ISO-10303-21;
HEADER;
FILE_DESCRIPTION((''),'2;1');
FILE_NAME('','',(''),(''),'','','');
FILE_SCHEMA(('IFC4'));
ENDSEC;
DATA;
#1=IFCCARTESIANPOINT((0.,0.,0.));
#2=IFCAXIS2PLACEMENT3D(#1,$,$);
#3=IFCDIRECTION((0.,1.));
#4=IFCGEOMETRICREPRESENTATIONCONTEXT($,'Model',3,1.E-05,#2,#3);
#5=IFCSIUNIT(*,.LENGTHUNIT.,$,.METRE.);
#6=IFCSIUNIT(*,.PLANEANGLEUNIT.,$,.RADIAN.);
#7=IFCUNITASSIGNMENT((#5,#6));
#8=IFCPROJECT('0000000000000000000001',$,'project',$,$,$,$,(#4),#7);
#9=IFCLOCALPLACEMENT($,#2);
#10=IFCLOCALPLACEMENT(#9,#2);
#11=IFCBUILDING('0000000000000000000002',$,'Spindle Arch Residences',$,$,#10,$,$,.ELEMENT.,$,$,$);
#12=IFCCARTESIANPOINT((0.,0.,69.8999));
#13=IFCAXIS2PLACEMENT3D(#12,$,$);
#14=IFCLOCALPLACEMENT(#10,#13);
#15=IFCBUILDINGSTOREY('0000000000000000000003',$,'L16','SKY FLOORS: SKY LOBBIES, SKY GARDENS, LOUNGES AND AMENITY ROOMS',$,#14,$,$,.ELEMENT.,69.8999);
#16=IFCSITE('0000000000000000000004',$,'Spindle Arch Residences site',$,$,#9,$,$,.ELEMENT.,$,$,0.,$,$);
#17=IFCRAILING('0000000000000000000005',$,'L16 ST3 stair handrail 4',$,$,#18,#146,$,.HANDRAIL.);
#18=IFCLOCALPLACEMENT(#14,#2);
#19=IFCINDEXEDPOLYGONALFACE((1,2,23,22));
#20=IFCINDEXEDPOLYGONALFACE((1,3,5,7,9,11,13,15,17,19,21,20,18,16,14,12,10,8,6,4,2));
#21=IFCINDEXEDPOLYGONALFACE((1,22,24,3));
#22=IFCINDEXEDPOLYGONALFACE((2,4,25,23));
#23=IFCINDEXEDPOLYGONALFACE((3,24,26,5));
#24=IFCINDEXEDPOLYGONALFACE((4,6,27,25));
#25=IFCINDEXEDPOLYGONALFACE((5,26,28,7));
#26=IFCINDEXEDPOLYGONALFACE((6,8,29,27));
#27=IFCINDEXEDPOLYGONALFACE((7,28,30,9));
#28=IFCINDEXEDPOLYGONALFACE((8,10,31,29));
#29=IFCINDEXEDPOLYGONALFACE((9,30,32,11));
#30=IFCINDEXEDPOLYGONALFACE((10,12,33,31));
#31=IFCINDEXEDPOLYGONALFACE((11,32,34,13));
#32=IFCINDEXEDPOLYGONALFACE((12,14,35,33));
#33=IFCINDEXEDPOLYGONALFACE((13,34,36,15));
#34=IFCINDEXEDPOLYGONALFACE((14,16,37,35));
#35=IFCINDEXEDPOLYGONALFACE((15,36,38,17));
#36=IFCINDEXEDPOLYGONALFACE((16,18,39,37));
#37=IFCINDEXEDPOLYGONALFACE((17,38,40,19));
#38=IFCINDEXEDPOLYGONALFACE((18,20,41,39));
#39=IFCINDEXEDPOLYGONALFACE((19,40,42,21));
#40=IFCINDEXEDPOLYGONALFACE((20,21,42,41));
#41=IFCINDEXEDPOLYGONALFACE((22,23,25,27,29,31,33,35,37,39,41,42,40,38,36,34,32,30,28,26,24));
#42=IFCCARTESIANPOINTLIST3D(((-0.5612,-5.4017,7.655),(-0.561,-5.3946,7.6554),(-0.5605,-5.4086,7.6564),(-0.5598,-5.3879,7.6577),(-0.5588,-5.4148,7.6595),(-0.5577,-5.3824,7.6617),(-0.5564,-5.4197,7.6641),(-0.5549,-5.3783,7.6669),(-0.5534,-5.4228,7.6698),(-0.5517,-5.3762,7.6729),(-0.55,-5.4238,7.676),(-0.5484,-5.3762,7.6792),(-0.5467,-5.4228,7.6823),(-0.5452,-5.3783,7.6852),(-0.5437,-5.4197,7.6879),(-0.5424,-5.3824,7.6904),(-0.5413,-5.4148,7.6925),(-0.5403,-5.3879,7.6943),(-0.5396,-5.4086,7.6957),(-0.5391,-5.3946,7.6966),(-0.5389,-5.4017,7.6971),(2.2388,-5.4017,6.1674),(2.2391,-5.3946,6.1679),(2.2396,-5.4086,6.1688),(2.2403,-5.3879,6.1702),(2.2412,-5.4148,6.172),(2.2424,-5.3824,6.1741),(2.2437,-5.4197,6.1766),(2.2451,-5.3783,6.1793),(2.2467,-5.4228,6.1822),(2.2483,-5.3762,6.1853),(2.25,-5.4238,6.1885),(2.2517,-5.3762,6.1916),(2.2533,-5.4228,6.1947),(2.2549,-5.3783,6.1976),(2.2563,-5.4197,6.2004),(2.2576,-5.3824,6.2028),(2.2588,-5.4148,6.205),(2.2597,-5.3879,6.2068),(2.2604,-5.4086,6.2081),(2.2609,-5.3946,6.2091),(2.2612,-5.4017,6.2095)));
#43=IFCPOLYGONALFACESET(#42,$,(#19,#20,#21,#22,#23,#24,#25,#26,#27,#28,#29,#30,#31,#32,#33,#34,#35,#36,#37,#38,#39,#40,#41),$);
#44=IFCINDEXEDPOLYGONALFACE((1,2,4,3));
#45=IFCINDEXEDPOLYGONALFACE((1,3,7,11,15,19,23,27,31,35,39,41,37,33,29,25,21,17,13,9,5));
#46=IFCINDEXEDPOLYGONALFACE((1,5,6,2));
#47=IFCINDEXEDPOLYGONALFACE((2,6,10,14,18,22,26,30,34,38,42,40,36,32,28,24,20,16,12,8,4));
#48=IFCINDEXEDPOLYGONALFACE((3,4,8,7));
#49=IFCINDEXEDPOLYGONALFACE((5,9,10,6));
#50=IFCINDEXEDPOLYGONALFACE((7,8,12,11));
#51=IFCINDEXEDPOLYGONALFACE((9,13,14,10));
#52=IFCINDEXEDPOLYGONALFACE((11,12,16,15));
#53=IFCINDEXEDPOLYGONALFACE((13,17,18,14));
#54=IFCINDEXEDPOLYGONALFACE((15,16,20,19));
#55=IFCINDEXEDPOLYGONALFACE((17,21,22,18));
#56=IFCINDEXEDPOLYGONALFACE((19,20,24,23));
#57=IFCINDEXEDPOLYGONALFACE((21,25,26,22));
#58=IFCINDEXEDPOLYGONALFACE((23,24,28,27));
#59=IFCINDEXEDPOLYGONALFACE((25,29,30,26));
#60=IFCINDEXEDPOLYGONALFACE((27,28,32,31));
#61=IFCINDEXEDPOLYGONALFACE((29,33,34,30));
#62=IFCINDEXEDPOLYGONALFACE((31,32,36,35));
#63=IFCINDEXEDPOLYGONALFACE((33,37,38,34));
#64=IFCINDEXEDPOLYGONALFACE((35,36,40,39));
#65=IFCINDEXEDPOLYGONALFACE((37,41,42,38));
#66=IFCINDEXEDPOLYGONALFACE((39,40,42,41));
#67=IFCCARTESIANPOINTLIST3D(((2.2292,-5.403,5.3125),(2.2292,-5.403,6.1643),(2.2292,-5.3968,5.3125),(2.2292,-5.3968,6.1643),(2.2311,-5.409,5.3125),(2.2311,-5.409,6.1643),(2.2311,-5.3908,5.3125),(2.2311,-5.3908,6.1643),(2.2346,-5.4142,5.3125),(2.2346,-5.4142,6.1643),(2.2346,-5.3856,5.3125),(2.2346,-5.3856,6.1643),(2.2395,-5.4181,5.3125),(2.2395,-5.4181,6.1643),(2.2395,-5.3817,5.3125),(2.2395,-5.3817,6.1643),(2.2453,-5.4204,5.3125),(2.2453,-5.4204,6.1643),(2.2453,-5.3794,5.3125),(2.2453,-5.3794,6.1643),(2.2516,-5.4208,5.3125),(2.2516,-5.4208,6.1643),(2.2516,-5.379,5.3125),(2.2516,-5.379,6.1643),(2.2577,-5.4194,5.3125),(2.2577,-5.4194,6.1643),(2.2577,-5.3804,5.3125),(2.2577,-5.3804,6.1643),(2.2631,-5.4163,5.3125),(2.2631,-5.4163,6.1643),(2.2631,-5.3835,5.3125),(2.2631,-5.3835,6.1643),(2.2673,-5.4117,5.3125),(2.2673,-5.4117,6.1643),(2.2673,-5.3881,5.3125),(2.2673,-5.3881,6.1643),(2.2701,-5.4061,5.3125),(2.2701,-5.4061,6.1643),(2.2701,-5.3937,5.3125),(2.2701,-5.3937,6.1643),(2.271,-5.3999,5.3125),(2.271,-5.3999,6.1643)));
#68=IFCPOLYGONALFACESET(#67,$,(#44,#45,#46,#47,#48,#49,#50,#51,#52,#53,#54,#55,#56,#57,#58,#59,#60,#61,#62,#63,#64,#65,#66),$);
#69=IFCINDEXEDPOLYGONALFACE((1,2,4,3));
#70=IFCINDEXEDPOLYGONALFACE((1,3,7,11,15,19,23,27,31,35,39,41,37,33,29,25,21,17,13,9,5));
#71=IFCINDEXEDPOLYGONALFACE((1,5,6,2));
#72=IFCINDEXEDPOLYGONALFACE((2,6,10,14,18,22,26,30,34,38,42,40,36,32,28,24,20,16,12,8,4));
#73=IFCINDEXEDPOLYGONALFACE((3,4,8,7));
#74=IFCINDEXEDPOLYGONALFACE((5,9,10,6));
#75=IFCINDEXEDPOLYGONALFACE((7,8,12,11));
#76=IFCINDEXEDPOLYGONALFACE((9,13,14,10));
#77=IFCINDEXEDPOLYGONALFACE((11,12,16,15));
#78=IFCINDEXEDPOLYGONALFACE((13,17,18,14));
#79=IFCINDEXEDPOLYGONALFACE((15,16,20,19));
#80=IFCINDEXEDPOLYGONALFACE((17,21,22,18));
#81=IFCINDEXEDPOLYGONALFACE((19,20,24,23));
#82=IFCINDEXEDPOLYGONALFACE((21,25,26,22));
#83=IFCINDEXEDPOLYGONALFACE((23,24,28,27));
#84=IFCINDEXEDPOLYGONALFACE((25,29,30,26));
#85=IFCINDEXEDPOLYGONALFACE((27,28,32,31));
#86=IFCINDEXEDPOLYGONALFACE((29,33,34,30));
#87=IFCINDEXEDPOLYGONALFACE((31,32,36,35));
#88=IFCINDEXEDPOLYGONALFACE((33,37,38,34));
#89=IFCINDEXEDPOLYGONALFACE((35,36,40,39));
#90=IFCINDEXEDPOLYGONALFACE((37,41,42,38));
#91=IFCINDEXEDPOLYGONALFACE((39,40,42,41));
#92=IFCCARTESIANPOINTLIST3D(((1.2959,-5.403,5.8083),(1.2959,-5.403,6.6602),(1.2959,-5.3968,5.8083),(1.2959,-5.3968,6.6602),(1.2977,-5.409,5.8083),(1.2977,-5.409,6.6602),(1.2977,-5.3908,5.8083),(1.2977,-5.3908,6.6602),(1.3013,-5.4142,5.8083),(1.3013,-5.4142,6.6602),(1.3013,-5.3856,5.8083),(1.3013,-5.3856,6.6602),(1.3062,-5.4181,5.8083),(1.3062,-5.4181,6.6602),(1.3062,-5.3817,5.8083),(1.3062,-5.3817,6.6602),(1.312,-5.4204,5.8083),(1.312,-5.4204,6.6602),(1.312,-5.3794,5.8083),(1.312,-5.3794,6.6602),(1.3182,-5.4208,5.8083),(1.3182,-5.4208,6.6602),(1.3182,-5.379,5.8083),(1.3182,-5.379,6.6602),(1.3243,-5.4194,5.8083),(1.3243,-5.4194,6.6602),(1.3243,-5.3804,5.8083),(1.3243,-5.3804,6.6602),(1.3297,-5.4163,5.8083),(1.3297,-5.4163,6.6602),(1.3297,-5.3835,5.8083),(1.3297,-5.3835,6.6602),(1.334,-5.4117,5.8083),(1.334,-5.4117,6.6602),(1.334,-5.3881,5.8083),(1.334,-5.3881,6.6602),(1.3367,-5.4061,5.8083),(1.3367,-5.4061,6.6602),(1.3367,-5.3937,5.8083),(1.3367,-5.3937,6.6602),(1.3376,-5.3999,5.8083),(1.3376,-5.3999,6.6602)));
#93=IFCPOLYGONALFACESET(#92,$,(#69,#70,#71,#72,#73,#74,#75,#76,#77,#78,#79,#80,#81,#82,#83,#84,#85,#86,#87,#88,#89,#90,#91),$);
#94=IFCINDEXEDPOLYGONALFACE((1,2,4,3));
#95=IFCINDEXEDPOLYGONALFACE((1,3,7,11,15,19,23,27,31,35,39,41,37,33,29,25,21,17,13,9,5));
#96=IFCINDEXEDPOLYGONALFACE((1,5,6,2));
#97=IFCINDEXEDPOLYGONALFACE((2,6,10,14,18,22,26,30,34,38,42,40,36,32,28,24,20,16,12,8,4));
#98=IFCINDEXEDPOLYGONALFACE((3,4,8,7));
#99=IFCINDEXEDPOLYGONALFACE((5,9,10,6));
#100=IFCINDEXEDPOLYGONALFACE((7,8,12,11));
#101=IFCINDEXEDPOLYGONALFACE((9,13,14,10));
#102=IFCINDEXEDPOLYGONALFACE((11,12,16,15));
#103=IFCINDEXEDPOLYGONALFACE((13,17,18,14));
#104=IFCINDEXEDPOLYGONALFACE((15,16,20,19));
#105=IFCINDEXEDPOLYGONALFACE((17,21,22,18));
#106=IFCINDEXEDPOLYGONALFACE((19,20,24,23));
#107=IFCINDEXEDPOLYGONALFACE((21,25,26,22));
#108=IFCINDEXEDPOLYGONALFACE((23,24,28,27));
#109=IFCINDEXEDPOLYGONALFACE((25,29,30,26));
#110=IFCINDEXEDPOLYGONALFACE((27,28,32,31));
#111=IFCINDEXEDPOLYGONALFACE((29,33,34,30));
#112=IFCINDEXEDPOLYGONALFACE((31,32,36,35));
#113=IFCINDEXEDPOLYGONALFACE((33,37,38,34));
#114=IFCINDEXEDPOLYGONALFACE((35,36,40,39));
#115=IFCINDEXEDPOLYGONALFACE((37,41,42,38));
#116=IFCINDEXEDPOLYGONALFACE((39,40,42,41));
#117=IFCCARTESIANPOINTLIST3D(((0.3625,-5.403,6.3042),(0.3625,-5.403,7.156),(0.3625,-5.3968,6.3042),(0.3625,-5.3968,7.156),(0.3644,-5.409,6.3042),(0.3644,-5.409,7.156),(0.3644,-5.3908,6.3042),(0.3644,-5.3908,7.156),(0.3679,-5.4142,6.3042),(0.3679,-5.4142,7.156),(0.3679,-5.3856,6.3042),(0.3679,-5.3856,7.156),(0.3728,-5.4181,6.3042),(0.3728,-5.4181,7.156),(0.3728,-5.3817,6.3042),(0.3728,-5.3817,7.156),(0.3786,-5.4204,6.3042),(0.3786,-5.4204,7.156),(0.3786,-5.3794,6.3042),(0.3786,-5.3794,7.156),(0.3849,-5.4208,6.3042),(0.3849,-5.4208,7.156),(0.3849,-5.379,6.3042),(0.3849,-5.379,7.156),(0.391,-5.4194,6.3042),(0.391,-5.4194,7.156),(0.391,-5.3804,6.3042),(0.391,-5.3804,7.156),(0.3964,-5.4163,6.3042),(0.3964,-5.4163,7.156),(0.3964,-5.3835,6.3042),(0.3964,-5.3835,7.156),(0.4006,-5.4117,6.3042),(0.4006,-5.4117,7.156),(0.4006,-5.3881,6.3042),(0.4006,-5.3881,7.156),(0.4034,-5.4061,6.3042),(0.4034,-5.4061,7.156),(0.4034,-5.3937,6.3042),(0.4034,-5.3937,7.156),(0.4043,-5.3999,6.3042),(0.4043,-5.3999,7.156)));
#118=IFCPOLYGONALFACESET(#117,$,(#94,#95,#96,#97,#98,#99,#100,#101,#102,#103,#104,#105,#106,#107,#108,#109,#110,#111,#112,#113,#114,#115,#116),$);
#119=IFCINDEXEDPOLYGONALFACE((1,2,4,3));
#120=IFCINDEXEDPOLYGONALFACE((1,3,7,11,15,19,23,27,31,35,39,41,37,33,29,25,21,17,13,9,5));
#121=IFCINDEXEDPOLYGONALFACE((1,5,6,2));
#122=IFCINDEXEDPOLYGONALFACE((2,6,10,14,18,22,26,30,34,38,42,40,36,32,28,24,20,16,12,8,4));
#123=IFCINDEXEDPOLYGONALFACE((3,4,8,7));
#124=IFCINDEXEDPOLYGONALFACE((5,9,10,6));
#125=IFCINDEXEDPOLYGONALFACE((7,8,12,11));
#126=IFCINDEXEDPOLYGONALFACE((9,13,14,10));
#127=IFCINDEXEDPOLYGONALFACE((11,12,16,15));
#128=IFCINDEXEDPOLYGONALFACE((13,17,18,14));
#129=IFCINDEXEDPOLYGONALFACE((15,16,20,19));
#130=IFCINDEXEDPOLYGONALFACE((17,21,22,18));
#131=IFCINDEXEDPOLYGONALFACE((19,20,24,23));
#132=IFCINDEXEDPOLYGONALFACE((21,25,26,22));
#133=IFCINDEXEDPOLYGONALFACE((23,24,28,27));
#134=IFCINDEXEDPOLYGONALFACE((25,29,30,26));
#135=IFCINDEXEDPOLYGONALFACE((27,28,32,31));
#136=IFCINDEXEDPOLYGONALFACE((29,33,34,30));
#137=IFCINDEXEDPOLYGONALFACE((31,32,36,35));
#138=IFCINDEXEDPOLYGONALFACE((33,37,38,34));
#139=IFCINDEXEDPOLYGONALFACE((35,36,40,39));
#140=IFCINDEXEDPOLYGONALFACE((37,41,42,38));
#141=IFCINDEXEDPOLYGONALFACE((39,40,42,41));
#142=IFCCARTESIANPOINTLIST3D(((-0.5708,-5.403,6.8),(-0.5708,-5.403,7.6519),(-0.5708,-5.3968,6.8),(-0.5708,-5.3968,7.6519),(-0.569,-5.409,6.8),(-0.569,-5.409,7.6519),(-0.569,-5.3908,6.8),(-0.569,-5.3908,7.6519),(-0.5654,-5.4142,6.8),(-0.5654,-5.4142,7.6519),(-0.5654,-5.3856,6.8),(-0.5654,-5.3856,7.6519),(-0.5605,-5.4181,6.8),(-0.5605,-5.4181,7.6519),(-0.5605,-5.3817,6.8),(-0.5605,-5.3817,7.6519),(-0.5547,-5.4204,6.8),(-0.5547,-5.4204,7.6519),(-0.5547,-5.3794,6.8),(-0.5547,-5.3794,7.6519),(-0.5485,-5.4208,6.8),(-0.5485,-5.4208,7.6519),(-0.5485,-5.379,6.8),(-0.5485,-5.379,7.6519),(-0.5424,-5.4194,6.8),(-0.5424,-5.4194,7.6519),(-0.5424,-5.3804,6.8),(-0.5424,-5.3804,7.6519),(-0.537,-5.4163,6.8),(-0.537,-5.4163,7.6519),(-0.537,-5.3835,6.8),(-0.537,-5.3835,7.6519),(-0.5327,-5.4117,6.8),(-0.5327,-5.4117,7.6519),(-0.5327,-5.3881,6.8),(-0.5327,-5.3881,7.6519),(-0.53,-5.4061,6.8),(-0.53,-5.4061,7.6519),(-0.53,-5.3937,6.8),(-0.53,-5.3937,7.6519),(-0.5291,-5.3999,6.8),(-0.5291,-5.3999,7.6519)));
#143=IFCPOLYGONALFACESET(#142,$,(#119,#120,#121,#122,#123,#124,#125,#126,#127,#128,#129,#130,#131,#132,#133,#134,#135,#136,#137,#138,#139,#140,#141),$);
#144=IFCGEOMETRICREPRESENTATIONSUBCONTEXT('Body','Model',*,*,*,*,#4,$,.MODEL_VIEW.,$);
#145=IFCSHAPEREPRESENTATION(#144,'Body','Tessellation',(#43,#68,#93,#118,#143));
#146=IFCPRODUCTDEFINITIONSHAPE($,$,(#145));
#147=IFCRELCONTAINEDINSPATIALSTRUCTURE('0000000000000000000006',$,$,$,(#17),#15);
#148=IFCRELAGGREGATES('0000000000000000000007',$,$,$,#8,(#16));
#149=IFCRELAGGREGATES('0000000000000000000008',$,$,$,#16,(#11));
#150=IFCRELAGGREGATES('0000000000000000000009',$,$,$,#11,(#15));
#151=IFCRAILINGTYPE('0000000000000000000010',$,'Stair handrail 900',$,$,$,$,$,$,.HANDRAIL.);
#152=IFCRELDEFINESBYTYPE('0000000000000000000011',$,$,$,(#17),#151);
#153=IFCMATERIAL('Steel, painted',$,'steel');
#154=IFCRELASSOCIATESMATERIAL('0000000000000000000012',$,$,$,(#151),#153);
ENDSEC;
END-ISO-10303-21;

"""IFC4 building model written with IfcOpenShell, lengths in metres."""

from ifc_helpers import new_model, si_unit, direction, frame, origin, origin_2d, place, context, subcontext, project, spatial, circle, extrude, material, type_object, element, save


model = new_model("IFC4")

# Units and contexts
model_context = context("Model", 3, precision=1e-05, world=origin(), true_north=direction((0.0, 1.0)))
body_context = subcontext(model_context, "Body", "Model", "MODEL_VIEW")
ifc_project = project(units=[si_unit("LENGTHUNIT", "METRE"), si_unit("PLANEANGLEUNIT", "RADIAN")], contexts=[model_context])

# Site, building, storey
site_placement = place(None, origin())
site = spatial("IfcSite", under=ifc_project, at=site_placement, Name="Spindle Arch Residences site", CompositionType="ELEMENT", RefElevation=0.0)
building_placement = place(site_placement, origin())
building = spatial("IfcBuilding", under=site, at=building_placement, Name="Spindle Arch Residences", CompositionType="ELEMENT")
storey_placement = place(building_placement, frame((0.0, 0.0, 69.8999)))
storey = spatial("IfcBuildingStorey", under=building, at=storey_placement, Name="L16", Description="SKY FLOORS: SKY LOBBIES, SKY GARDENS, LOUNGES AND AMENITY ROOMS", CompositionType="ELEMENT", Elevation=69.8999)

# Railing
ifc_material_1 = material(Name="Steel, painted", Category="steel")
railing_type_1 = type_object("IfcRailingType", Name="Stair handrail 900", PredefinedType="HANDRAIL", material=ifc_material_1)
for number, where, name in (
    (1, (2.25, -5.3999, 5.3125), "L16 ST3 stair handrail 4"),
):
    element("IfcRailing", number, at=place(storey_placement, frame(where)), inside=storey, type_object=railing_type_1, Name=name, PredefinedType="HANDRAIL", context=body_context, shape_type="SweptSolid", body=[
        extrude(circle(Radius=0.0239, at=origin_2d()), frame((0.0, 0.0, 0.876), z_axis=(-0.883113, 0.0, 0.469161), x_axis=(0.0, -1.0, 0.0)), (0.0, 0.0, 1.0), 3.1707),
        extrude(circle(Radius=0.021, at=origin_2d()), origin(), (0.0, 0.0, 1.0), 0.8518),
        extrude(circle(Radius=0.021, at=origin_2d()), frame((-0.9333, 0.0, 0.4958)), (0.0, 0.0, 1.0), 0.8518),
        extrude(circle(Radius=0.021, at=origin_2d()), frame((-1.8667, 0.0, 0.9917)), (0.0, 0.0, 1.0), 0.8518),
        extrude(circle(Radius=0.021, at=origin_2d()), frame((-2.8, 0.0, 1.4875)), (0.0, 0.0, 1.0), 0.8518),
    ])

save(model, "model.ifc")
